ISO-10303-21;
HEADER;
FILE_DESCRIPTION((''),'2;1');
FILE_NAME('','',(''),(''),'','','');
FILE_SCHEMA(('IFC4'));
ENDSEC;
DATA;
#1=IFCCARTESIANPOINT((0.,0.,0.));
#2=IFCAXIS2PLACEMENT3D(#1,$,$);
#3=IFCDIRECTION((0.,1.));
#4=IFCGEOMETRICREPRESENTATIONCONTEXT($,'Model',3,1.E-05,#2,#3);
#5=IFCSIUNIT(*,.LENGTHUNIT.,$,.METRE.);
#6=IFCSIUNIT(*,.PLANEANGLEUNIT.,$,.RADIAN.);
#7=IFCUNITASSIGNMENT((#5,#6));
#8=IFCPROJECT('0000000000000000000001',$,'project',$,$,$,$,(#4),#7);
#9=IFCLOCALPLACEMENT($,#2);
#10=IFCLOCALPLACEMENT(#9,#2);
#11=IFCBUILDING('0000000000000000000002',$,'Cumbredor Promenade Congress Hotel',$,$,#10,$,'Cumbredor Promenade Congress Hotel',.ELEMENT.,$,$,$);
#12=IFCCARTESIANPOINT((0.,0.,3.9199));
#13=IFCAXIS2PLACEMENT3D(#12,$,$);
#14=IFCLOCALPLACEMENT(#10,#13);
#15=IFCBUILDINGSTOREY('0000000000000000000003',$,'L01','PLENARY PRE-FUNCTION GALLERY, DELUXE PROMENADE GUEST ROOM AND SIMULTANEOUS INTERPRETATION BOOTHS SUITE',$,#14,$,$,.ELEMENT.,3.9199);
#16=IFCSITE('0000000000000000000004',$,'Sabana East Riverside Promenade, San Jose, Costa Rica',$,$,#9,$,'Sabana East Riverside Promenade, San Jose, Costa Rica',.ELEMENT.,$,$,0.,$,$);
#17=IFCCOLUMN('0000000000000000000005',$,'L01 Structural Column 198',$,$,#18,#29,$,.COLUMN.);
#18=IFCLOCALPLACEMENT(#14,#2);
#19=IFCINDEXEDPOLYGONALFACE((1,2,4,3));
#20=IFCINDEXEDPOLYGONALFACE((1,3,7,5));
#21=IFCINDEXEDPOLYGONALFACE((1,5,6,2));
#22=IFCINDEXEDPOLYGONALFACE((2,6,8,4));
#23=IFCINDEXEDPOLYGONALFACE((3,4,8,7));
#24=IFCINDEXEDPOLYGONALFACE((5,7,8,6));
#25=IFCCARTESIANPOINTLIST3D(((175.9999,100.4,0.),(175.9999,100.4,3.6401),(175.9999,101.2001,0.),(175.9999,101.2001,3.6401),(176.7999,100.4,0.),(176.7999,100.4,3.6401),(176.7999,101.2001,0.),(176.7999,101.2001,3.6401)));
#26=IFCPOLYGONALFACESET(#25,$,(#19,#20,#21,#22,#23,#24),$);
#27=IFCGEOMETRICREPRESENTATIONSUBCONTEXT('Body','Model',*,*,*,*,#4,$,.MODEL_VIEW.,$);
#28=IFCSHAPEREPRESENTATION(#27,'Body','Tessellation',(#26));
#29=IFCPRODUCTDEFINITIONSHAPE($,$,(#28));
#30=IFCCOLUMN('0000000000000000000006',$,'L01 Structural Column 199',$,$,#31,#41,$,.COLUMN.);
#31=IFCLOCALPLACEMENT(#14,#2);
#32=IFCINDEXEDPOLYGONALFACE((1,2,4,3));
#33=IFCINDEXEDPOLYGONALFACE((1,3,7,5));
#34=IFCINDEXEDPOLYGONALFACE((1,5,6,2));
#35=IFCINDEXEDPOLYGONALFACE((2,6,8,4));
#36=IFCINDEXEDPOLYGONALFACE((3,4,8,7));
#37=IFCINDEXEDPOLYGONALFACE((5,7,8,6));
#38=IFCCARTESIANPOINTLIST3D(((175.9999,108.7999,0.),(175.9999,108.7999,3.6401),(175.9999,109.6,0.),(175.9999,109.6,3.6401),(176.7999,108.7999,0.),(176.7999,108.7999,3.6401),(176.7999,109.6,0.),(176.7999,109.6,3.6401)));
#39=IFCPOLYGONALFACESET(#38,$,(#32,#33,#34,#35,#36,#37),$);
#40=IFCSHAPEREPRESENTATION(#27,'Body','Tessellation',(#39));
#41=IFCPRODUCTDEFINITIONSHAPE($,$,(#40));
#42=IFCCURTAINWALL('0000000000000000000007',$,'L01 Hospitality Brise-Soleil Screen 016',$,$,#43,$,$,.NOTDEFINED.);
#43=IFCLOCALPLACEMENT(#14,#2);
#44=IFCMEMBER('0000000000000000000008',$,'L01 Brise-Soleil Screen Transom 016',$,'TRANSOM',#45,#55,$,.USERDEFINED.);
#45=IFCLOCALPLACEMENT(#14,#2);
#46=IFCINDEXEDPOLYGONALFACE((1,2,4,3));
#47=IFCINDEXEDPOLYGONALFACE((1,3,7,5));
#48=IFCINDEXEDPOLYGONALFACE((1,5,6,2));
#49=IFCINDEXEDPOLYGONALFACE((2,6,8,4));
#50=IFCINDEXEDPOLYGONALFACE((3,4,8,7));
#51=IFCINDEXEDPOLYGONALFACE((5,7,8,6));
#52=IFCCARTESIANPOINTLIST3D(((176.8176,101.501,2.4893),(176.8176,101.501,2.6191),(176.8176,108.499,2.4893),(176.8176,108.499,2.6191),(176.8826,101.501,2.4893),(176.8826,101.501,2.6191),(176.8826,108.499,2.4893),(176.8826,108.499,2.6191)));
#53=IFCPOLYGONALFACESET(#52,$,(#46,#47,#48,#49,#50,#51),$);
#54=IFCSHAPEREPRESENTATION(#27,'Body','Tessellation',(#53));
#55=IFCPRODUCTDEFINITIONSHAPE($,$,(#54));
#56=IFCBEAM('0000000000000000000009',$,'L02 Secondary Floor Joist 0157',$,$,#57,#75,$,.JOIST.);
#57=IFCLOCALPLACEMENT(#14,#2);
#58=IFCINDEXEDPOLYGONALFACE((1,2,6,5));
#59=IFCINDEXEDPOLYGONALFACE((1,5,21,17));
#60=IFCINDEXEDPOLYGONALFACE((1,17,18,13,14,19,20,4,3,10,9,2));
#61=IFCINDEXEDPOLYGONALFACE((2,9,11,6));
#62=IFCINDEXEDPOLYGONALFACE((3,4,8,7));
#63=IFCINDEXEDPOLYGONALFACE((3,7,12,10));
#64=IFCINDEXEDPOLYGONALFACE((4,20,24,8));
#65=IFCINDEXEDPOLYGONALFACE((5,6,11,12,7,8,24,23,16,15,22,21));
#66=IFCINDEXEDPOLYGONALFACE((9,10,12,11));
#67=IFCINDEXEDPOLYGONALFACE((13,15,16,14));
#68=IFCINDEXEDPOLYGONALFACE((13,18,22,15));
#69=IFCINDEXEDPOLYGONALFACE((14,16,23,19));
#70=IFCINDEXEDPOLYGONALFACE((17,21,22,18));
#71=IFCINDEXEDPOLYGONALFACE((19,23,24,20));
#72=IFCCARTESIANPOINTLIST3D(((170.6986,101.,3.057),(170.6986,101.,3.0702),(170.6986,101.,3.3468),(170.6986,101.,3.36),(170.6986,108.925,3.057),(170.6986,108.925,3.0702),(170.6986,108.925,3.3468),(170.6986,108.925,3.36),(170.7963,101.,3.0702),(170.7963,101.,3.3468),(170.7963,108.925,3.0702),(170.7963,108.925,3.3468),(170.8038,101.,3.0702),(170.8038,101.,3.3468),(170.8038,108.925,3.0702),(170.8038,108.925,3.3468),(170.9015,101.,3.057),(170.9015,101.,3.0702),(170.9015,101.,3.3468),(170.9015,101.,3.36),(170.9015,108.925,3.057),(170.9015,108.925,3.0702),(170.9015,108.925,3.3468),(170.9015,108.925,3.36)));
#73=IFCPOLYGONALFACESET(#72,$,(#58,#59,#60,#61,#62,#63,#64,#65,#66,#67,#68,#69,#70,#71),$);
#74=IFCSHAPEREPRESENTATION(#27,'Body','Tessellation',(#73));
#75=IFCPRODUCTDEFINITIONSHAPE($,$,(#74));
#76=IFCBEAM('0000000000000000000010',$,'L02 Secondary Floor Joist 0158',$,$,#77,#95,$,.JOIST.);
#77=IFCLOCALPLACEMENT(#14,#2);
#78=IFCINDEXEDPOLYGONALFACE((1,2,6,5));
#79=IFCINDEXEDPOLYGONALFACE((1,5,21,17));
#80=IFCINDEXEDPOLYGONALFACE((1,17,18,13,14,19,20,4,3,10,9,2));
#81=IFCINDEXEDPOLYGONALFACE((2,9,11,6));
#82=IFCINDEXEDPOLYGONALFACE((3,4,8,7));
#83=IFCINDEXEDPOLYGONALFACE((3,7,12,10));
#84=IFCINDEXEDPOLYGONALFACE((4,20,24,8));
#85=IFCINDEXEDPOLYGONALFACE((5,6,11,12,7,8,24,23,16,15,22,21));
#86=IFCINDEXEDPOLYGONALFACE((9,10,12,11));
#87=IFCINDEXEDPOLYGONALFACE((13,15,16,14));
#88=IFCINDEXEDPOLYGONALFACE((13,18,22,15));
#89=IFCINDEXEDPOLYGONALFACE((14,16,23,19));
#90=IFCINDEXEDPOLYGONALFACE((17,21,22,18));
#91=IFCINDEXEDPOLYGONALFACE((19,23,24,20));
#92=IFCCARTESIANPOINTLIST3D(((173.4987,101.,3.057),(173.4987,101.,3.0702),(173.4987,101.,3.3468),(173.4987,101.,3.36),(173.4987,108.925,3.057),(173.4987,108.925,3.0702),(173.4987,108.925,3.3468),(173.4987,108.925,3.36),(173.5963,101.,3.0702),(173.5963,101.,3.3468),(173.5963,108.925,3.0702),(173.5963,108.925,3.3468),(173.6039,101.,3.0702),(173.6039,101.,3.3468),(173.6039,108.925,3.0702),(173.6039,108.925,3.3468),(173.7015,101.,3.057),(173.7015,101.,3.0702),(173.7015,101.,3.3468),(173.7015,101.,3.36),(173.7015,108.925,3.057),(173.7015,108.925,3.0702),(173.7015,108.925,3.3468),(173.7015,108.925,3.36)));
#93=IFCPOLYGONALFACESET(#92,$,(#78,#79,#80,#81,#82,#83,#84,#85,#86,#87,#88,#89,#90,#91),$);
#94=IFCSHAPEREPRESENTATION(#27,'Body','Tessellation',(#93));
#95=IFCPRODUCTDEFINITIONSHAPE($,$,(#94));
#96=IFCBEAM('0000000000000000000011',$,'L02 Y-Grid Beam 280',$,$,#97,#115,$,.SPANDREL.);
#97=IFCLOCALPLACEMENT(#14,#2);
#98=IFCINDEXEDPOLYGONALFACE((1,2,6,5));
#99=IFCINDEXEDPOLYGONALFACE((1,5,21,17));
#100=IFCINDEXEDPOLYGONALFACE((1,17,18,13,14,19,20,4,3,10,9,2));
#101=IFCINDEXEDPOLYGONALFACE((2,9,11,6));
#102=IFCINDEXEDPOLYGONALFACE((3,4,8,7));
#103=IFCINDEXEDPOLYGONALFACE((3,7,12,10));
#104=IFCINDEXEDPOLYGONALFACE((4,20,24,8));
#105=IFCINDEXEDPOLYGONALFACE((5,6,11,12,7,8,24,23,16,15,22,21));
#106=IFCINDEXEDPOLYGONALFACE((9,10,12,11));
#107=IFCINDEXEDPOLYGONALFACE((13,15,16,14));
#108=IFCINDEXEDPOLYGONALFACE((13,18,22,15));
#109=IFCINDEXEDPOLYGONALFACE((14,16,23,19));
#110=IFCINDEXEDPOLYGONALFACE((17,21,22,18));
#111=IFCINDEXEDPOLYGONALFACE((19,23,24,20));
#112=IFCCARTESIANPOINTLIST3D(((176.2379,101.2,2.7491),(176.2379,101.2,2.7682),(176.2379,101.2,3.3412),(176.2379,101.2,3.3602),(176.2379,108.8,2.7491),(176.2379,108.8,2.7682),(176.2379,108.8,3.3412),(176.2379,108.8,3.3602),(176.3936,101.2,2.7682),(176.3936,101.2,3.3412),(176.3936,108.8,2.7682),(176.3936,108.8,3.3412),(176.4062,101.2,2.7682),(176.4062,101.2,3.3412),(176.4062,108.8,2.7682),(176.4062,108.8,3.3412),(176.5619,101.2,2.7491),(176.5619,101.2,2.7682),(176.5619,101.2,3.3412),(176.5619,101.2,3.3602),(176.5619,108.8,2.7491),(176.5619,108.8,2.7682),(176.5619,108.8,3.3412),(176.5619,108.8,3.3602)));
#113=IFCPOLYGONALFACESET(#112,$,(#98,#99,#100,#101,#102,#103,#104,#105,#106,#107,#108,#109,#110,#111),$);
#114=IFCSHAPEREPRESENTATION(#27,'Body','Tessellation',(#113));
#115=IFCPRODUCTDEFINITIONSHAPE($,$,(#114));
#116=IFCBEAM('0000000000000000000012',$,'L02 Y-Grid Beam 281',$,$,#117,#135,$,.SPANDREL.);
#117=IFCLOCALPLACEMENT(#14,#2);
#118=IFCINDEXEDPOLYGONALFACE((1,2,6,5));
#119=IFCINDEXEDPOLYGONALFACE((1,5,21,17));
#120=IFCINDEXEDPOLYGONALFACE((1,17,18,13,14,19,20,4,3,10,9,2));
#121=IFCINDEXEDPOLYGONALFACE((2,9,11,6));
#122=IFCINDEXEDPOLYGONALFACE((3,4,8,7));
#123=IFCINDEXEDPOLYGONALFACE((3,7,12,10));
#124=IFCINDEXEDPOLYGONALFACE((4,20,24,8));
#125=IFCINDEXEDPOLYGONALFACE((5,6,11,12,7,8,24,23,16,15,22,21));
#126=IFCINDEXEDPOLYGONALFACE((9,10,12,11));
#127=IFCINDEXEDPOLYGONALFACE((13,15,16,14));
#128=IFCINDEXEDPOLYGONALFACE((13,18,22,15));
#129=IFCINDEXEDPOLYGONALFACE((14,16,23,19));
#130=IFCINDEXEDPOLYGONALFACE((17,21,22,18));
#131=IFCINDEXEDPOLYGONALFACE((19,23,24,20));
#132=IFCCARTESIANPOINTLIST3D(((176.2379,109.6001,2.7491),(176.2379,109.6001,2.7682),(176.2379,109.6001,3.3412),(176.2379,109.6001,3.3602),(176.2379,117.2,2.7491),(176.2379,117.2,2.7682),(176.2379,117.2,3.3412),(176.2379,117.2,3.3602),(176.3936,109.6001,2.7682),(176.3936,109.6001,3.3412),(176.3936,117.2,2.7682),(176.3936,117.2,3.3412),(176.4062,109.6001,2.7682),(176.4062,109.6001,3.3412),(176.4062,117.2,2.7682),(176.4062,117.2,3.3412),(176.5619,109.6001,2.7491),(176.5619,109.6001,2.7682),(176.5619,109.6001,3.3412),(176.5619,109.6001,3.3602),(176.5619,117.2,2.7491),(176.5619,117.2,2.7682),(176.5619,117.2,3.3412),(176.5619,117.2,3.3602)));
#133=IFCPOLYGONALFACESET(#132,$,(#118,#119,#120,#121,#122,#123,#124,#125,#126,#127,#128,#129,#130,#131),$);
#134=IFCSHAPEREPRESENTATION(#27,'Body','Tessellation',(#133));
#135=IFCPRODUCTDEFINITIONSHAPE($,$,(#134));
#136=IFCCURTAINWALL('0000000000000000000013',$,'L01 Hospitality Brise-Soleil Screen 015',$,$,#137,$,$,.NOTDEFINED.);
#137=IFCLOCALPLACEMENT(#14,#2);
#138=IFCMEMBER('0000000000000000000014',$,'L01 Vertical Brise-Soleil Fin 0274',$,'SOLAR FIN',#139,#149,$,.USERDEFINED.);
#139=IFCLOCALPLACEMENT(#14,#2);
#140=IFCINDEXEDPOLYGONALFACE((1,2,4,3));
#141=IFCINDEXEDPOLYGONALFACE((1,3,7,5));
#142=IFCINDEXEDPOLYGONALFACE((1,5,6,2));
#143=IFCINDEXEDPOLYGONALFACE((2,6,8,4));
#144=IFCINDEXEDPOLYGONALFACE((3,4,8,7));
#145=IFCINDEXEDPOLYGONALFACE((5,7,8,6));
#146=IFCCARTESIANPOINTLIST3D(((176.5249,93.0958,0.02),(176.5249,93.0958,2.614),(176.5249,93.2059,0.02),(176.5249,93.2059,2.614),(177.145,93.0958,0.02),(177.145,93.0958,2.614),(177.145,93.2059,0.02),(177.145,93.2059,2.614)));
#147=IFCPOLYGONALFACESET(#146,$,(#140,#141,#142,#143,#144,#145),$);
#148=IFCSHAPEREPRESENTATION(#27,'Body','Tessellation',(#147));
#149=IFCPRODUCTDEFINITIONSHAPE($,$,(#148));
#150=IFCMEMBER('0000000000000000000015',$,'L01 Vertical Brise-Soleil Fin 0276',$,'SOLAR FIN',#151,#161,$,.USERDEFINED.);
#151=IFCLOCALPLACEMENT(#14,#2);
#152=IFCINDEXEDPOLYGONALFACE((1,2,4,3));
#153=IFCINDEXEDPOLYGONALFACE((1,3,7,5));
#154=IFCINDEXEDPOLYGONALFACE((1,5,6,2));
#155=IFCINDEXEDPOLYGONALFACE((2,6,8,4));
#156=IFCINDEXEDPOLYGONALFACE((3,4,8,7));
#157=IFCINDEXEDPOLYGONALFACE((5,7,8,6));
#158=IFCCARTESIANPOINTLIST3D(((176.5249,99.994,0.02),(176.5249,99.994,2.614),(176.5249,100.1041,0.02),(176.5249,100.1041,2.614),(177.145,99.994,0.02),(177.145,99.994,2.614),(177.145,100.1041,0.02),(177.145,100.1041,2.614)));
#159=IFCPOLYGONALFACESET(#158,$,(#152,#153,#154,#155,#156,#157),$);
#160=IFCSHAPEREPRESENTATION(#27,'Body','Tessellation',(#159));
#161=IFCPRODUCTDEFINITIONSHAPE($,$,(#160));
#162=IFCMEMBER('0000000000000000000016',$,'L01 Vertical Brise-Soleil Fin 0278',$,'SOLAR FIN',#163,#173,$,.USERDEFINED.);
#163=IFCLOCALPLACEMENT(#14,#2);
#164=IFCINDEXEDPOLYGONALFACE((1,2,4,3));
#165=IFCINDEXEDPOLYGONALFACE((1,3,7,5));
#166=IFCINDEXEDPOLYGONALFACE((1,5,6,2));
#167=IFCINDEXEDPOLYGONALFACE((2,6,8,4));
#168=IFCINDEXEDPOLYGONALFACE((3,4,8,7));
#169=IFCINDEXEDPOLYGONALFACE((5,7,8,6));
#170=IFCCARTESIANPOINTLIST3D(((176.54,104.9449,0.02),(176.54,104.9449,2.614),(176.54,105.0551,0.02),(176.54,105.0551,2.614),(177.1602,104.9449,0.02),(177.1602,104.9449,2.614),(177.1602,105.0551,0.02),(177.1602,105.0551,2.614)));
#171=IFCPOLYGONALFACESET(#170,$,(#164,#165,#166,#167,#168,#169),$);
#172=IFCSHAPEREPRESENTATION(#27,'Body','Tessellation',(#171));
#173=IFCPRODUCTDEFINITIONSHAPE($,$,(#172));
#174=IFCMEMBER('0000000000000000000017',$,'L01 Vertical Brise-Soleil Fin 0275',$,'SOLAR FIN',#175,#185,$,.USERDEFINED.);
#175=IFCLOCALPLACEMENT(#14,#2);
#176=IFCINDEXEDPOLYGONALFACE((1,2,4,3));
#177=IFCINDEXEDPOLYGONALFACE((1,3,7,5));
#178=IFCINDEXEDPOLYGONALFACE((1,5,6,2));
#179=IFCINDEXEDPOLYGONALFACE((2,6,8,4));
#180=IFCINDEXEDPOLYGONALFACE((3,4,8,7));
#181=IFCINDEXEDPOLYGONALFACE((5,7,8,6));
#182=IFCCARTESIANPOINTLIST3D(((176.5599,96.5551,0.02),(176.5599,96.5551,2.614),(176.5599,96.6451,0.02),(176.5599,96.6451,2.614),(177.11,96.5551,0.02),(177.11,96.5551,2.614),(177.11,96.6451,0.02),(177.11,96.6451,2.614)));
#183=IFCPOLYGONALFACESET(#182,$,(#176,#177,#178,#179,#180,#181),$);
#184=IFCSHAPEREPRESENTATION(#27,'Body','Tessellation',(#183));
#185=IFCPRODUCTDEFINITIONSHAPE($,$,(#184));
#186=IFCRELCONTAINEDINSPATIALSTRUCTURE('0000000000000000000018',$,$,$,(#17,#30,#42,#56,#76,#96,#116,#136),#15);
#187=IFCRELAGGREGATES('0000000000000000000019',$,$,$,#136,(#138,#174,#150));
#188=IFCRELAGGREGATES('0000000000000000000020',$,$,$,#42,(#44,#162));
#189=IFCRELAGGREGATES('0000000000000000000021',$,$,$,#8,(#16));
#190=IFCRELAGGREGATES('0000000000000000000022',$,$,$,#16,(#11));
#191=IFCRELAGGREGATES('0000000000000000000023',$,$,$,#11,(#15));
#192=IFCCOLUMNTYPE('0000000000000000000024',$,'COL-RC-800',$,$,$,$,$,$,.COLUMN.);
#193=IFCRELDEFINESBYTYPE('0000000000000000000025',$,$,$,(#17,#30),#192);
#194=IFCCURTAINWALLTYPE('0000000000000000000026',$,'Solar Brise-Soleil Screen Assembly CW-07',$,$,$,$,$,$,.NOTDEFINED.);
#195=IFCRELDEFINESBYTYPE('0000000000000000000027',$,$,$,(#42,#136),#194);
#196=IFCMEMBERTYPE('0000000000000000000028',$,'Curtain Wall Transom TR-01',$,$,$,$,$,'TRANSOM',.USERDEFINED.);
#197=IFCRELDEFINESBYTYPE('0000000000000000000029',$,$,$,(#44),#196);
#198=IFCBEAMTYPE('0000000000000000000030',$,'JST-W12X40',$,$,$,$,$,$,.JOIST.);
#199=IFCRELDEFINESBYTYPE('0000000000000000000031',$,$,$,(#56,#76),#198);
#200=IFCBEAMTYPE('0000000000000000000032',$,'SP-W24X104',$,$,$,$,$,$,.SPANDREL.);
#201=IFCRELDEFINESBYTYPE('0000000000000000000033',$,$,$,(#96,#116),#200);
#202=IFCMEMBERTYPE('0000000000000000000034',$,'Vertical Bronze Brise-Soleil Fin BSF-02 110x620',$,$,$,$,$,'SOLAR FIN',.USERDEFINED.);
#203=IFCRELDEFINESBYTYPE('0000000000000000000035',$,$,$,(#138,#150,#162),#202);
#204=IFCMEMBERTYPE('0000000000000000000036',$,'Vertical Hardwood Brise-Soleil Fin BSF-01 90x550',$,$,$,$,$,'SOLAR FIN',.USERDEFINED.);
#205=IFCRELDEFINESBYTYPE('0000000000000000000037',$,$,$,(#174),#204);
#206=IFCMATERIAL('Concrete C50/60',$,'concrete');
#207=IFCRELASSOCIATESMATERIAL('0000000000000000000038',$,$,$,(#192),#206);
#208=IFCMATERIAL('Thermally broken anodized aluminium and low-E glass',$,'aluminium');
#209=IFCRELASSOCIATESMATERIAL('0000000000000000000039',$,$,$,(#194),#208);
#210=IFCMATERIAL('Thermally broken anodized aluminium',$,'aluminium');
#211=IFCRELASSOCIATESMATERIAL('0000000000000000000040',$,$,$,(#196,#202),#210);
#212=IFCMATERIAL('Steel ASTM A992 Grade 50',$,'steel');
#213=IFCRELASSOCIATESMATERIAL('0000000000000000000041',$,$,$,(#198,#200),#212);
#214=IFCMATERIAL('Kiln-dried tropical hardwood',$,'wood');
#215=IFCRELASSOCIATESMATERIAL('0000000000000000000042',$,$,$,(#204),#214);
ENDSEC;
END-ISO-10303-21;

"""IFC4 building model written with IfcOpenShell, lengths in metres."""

from ifc_helpers import new_model, si_unit, direction, frame, origin, origin_2d, place, context, subcontext, project, spatial, rectangle, i_section, extrude, material, material_profile, profile_set, type_object, element, aggregate, save


model = new_model("IFC4")

# Units and contexts
model_context = context("Model", 3, precision=1e-05, world=origin(), true_north=direction((0.0, 1.0)))
body_context = subcontext(model_context, "Body", "Model", "MODEL_VIEW")
ifc_project = project(units=[si_unit("LENGTHUNIT", "METRE"), si_unit("PLANEANGLEUNIT", "RADIAN")], contexts=[model_context])

# Site, building, storey
site_placement = place(None, origin())
site = spatial("IfcSite", under=ifc_project, at=site_placement, Name="Sabana East Riverside Promenade, San Jose, Costa Rica", LongName="Sabana East Riverside Promenade, San Jose, Costa Rica", CompositionType="ELEMENT", RefElevation=0.0)
building_placement = place(site_placement, origin())
building = spatial("IfcBuilding", under=site, at=building_placement, Name="Cumbredor Promenade Congress Hotel", LongName="Cumbredor Promenade Congress Hotel", CompositionType="ELEMENT")
storey_placement = place(building_placement, frame((0.0, 0.0, 3.9199)))
storey = spatial("IfcBuildingStorey", under=building, at=storey_placement, Name="L01", Description="PLENARY PRE-FUNCTION GALLERY, DELUXE PROMENADE GUEST ROOM AND SIMULTANEOUS INTERPRETATION BOOTHS SUITE", CompositionType="ELEMENT", Elevation=3.9199)

# Columns
ifc_material_1 = material(Name="Concrete C50/60", Category="concrete")
ifc_material_profile_1 = material_profile(ifc_material_1, rectangle(XDim=0.8, YDim=0.8, at=origin_2d()), Name="RC 800x800")
ifc_profile_set_1 = profile_set([ifc_material_profile_1], Name="Concrete C50/60")
column_type = type_object("IfcColumnType", Name="COL-RC-800", PredefinedType="COLUMN", material=ifc_profile_set_1)
for number, where, z_axis, x_axis, name in (
    (1, (176.3999, 100.8, 0.0), (0.0, 0.0, 1.0), (1.0, 0.0, 0.0), "L01 Structural Column 198"),
    (2, (176.3999, 109.2, 0.0), (0.0, 0.0, 1.0), (1.0, 0.0, 0.0), "L01 Structural Column 199"),
):
    element("IfcColumn", number, at=place(storey_placement, frame(where, z_axis=z_axis, x_axis=x_axis)), inside=storey, type_object=column_type, Name=name, PredefinedType="COLUMN", context=body_context, shape_type="SweptSolid", body=[
        extrude(rectangle(XDim=0.8, YDim=0.8, at=origin_2d()), origin(), (0.0, 0.0, 1.0), 3.6401),
    ])

# Curtain wall, member
ifc_material_2 = material(Name="Thermally broken anodized aluminium and low-E glass", Category="aluminium")
curtain_wall_type = type_object("IfcCurtainWallType", Name="Solar Brise-Soleil Screen Assembly CW-07", PredefinedType="NOTDEFINED", material=ifc_material_2)
curtain_wall_1_placement = place(storey_placement, origin())
curtain_wall_1 = element("IfcCurtainWall", 3, at=curtain_wall_1_placement, inside=storey, type_object=curtain_wall_type, Name="L01 Hospitality Brise-Soleil Screen 016", PredefinedType="NOTDEFINED")
ifc_material_3 = material(Name="Thermally broken anodized aluminium", Category="aluminium")
ifc_material_profile_2 = material_profile(ifc_material_3, rectangle(XDim=0.0649, YDim=0.1299, at=origin_2d()), Name="ALU TRANSOM 65x130")
ifc_profile_set_2 = profile_set([ifc_material_profile_2], Name="Thermally broken anodized aluminium")
member_type_1 = type_object("IfcMemberType", Name="Curtain Wall Transom TR-01", ElementType="TRANSOM", PredefinedType="USERDEFINED", material=ifc_profile_set_2)
member_1_placement = place(storey_placement, frame((176.8501, 101.501, 2.5542), z_axis=(0.0, 1.0, 0.0), x_axis=(-1.0, 0.0, 0.0)))
member_1 = element("IfcMember", 4, at=member_1_placement, type_object=member_type_1, Name="L01 Brise-Soleil Screen Transom 016", ObjectType="TRANSOM", PredefinedType="USERDEFINED", context=body_context, shape_type="SweptSolid", body=[
    extrude(rectangle(XDim=0.0649, YDim=0.1299, at=origin_2d()), origin(), (0.0, 0.0, 1.0), 6.998),
])

# Beams
ifc_material_4 = material(Name="Steel ASTM A992 Grade 50", Category="steel")
ifc_material_profile_3 = material_profile(ifc_material_4, i_section(OverallWidth=0.2029, OverallDepth=0.303, WebThickness=0.0076, FlangeThickness=0.0132, at=origin_2d()), Name="W12X40")
ifc_profile_set_3 = profile_set([ifc_material_profile_3], Name="Steel ASTM A992 Grade 50")
beam_type_1 = type_object("IfcBeamType", Name="JST-W12X40", PredefinedType="JOIST", material=ifc_profile_set_3)
for number, where, z_axis, x_axis, name in (
    (5, (170.8, 101.0, 3.2085), (0.0, 1.0, 0.0), (-1.0, 0.0, 0.0), "L02 Secondary Floor Joist 0157"),
    (6, (173.6001, 101.0, 3.2085), (0.0, 1.0, 0.0), (-1.0, 0.0, 0.0), "L02 Secondary Floor Joist 0158"),
):
    element("IfcBeam", number, at=place(storey_placement, frame(where, z_axis=z_axis, x_axis=x_axis)), inside=storey, type_object=beam_type_1, Name=name, PredefinedType="JOIST", context=body_context, shape_type="SweptSolid", body=[
        extrude(i_section(OverallWidth=0.2029, OverallDepth=0.303, WebThickness=0.0076, FlangeThickness=0.0132, at=origin_2d()), origin(), (0.0, 0.0, 1.0), 7.925),
    ])
ifc_material_profile_4 = material_profile(ifc_material_4, i_section(OverallWidth=0.324, OverallDepth=0.6111, WebThickness=0.0127, FlangeThickness=0.019, at=origin_2d()), Name="W24X104")
ifc_profile_set_4 = profile_set([ifc_material_profile_4], Name="Steel ASTM A992 Grade 50")
beam_type_2 = type_object("IfcBeamType", Name="SP-W24X104", PredefinedType="SPANDREL", material=ifc_profile_set_4)
beam_1_placement = place(storey_placement, frame((176.3999, 101.2, 3.0547), z_axis=(0.0, 1.0, 0.0), x_axis=(-1.0, 0.0, 0.0)))
element("IfcBeam", 7, at=beam_1_placement, inside=storey, type_object=beam_type_2, Name="L02 Y-Grid Beam 280", PredefinedType="SPANDREL", context=body_context, shape_type="SweptSolid", body=[
    extrude(i_section(OverallWidth=0.324, OverallDepth=0.6111, WebThickness=0.0127, FlangeThickness=0.019, at=origin_2d()), origin(), (0.0, 0.0, 1.0), 7.6001),
])
beam_2_placement = place(storey_placement, frame((176.3999, 109.6001, 3.0547), z_axis=(0.0, 1.0, 0.0), x_axis=(-1.0, 0.0, 0.0)))
element("IfcBeam", 8, at=beam_2_placement, inside=storey, type_object=beam_type_2, Name="L02 Y-Grid Beam 281", PredefinedType="SPANDREL", context=body_context, shape_type="SweptSolid", body=[
    extrude(i_section(OverallWidth=0.324, OverallDepth=0.6111, WebThickness=0.0127, FlangeThickness=0.019, at=origin_2d()), origin(), (0.0, 0.0, 1.0), 7.5999),
])

# Curtain wall, members
curtain_wall_2_placement = place(storey_placement, origin())
curtain_wall_2 = element("IfcCurtainWall", 9, at=curtain_wall_2_placement, inside=storey, type_object=curtain_wall_type, Name="L01 Hospitality Brise-Soleil Screen 015", PredefinedType="NOTDEFINED")
ifc_material_profile_5 = material_profile(ifc_material_3, rectangle(XDim=0.1101, YDim=0.6201, at=origin_2d()), Name="ARCH FIN 110x620")
ifc_profile_set_5 = profile_set([ifc_material_profile_5], Name="Thermally broken anodized aluminium")
member_type_2 = type_object("IfcMemberType", Name="Vertical Bronze Brise-Soleil Fin BSF-02 110x620", ElementType="SOLAR FIN", PredefinedType="USERDEFINED", material=ifc_profile_set_5)
member_2_placement = place(storey_placement, frame((176.835, 93.1509, 0.02), z_axis=(0.0, 0.0, 1.0), x_axis=(0.0, 1.0, 0.0)))
member_2 = element("IfcMember", 10, at=member_2_placement, type_object=member_type_2, Name="L01 Vertical Brise-Soleil Fin 0274", ObjectType="SOLAR FIN", PredefinedType="USERDEFINED", context=body_context, shape_type="SweptSolid", body=[
    extrude(rectangle(XDim=0.1101, YDim=0.6201, at=origin_2d()), origin(), (0.0, 0.0, 1.0), 2.594),
])
member_3_placement = place(storey_placement, frame((176.835, 100.0491, 0.02), z_axis=(0.0, 0.0, 1.0), x_axis=(0.0, 1.0, 0.0)))
member_3 = element("IfcMember", 11, at=member_3_placement, type_object=member_type_2, Name="L01 Vertical Brise-Soleil Fin 0276", ObjectType="SOLAR FIN", PredefinedType="USERDEFINED", context=body_context, shape_type="SweptSolid", body=[
    extrude(rectangle(XDim=0.1101, YDim=0.6201, at=origin_2d()), origin(), (0.0, 0.0, 1.0), 2.594),
])

# Members
member_4_placement = place(storey_placement, frame((176.8501, 105.0, 0.02), z_axis=(0.0, 0.0, 1.0), x_axis=(0.0, 1.0, 0.0)))
member_4 = element("IfcMember", 12, at=member_4_placement, type_object=member_type_2, Name="L01 Vertical Brise-Soleil Fin 0278", ObjectType="SOLAR FIN", PredefinedType="USERDEFINED", context=body_context, shape_type="SweptSolid", body=[
    extrude(rectangle(XDim=0.1101, YDim=0.6201, at=origin_2d()), origin(), (0.0, 0.0, 1.0), 2.594),
])
ifc_material_5 = material(Name="Kiln-dried tropical hardwood", Category="wood")
ifc_material_profile_6 = material_profile(ifc_material_5, rectangle(XDim=0.0901, YDim=0.55, at=origin_2d()), Name="ARCH FIN 90x550")
ifc_profile_set_6 = profile_set([ifc_material_profile_6], Name="Kiln-dried tropical hardwood")
member_type_3 = type_object("IfcMemberType", Name="Vertical Hardwood Brise-Soleil Fin BSF-01 90x550", ElementType="SOLAR FIN", PredefinedType="USERDEFINED", material=ifc_profile_set_6)
member_5_placement = place(storey_placement, frame((176.835, 96.6001, 0.02), z_axis=(0.0, 0.0, 1.0), x_axis=(0.0, 1.0, 0.0)))
member_5 = element("IfcMember", 13, at=member_5_placement, type_object=member_type_3, Name="L01 Vertical Brise-Soleil Fin 0275", ObjectType="SOLAR FIN", PredefinedType="USERDEFINED", context=body_context, shape_type="SweptSolid", body=[
    extrude(rectangle(XDim=0.0901, YDim=0.55, at=origin_2d()), origin(), (0.0, 0.0, 1.0), 2.594),
])

aggregate(curtain_wall_2, [member_2, member_5, member_3])
aggregate(curtain_wall_1, [member_1, member_4])

save(model, "model.ifc")
